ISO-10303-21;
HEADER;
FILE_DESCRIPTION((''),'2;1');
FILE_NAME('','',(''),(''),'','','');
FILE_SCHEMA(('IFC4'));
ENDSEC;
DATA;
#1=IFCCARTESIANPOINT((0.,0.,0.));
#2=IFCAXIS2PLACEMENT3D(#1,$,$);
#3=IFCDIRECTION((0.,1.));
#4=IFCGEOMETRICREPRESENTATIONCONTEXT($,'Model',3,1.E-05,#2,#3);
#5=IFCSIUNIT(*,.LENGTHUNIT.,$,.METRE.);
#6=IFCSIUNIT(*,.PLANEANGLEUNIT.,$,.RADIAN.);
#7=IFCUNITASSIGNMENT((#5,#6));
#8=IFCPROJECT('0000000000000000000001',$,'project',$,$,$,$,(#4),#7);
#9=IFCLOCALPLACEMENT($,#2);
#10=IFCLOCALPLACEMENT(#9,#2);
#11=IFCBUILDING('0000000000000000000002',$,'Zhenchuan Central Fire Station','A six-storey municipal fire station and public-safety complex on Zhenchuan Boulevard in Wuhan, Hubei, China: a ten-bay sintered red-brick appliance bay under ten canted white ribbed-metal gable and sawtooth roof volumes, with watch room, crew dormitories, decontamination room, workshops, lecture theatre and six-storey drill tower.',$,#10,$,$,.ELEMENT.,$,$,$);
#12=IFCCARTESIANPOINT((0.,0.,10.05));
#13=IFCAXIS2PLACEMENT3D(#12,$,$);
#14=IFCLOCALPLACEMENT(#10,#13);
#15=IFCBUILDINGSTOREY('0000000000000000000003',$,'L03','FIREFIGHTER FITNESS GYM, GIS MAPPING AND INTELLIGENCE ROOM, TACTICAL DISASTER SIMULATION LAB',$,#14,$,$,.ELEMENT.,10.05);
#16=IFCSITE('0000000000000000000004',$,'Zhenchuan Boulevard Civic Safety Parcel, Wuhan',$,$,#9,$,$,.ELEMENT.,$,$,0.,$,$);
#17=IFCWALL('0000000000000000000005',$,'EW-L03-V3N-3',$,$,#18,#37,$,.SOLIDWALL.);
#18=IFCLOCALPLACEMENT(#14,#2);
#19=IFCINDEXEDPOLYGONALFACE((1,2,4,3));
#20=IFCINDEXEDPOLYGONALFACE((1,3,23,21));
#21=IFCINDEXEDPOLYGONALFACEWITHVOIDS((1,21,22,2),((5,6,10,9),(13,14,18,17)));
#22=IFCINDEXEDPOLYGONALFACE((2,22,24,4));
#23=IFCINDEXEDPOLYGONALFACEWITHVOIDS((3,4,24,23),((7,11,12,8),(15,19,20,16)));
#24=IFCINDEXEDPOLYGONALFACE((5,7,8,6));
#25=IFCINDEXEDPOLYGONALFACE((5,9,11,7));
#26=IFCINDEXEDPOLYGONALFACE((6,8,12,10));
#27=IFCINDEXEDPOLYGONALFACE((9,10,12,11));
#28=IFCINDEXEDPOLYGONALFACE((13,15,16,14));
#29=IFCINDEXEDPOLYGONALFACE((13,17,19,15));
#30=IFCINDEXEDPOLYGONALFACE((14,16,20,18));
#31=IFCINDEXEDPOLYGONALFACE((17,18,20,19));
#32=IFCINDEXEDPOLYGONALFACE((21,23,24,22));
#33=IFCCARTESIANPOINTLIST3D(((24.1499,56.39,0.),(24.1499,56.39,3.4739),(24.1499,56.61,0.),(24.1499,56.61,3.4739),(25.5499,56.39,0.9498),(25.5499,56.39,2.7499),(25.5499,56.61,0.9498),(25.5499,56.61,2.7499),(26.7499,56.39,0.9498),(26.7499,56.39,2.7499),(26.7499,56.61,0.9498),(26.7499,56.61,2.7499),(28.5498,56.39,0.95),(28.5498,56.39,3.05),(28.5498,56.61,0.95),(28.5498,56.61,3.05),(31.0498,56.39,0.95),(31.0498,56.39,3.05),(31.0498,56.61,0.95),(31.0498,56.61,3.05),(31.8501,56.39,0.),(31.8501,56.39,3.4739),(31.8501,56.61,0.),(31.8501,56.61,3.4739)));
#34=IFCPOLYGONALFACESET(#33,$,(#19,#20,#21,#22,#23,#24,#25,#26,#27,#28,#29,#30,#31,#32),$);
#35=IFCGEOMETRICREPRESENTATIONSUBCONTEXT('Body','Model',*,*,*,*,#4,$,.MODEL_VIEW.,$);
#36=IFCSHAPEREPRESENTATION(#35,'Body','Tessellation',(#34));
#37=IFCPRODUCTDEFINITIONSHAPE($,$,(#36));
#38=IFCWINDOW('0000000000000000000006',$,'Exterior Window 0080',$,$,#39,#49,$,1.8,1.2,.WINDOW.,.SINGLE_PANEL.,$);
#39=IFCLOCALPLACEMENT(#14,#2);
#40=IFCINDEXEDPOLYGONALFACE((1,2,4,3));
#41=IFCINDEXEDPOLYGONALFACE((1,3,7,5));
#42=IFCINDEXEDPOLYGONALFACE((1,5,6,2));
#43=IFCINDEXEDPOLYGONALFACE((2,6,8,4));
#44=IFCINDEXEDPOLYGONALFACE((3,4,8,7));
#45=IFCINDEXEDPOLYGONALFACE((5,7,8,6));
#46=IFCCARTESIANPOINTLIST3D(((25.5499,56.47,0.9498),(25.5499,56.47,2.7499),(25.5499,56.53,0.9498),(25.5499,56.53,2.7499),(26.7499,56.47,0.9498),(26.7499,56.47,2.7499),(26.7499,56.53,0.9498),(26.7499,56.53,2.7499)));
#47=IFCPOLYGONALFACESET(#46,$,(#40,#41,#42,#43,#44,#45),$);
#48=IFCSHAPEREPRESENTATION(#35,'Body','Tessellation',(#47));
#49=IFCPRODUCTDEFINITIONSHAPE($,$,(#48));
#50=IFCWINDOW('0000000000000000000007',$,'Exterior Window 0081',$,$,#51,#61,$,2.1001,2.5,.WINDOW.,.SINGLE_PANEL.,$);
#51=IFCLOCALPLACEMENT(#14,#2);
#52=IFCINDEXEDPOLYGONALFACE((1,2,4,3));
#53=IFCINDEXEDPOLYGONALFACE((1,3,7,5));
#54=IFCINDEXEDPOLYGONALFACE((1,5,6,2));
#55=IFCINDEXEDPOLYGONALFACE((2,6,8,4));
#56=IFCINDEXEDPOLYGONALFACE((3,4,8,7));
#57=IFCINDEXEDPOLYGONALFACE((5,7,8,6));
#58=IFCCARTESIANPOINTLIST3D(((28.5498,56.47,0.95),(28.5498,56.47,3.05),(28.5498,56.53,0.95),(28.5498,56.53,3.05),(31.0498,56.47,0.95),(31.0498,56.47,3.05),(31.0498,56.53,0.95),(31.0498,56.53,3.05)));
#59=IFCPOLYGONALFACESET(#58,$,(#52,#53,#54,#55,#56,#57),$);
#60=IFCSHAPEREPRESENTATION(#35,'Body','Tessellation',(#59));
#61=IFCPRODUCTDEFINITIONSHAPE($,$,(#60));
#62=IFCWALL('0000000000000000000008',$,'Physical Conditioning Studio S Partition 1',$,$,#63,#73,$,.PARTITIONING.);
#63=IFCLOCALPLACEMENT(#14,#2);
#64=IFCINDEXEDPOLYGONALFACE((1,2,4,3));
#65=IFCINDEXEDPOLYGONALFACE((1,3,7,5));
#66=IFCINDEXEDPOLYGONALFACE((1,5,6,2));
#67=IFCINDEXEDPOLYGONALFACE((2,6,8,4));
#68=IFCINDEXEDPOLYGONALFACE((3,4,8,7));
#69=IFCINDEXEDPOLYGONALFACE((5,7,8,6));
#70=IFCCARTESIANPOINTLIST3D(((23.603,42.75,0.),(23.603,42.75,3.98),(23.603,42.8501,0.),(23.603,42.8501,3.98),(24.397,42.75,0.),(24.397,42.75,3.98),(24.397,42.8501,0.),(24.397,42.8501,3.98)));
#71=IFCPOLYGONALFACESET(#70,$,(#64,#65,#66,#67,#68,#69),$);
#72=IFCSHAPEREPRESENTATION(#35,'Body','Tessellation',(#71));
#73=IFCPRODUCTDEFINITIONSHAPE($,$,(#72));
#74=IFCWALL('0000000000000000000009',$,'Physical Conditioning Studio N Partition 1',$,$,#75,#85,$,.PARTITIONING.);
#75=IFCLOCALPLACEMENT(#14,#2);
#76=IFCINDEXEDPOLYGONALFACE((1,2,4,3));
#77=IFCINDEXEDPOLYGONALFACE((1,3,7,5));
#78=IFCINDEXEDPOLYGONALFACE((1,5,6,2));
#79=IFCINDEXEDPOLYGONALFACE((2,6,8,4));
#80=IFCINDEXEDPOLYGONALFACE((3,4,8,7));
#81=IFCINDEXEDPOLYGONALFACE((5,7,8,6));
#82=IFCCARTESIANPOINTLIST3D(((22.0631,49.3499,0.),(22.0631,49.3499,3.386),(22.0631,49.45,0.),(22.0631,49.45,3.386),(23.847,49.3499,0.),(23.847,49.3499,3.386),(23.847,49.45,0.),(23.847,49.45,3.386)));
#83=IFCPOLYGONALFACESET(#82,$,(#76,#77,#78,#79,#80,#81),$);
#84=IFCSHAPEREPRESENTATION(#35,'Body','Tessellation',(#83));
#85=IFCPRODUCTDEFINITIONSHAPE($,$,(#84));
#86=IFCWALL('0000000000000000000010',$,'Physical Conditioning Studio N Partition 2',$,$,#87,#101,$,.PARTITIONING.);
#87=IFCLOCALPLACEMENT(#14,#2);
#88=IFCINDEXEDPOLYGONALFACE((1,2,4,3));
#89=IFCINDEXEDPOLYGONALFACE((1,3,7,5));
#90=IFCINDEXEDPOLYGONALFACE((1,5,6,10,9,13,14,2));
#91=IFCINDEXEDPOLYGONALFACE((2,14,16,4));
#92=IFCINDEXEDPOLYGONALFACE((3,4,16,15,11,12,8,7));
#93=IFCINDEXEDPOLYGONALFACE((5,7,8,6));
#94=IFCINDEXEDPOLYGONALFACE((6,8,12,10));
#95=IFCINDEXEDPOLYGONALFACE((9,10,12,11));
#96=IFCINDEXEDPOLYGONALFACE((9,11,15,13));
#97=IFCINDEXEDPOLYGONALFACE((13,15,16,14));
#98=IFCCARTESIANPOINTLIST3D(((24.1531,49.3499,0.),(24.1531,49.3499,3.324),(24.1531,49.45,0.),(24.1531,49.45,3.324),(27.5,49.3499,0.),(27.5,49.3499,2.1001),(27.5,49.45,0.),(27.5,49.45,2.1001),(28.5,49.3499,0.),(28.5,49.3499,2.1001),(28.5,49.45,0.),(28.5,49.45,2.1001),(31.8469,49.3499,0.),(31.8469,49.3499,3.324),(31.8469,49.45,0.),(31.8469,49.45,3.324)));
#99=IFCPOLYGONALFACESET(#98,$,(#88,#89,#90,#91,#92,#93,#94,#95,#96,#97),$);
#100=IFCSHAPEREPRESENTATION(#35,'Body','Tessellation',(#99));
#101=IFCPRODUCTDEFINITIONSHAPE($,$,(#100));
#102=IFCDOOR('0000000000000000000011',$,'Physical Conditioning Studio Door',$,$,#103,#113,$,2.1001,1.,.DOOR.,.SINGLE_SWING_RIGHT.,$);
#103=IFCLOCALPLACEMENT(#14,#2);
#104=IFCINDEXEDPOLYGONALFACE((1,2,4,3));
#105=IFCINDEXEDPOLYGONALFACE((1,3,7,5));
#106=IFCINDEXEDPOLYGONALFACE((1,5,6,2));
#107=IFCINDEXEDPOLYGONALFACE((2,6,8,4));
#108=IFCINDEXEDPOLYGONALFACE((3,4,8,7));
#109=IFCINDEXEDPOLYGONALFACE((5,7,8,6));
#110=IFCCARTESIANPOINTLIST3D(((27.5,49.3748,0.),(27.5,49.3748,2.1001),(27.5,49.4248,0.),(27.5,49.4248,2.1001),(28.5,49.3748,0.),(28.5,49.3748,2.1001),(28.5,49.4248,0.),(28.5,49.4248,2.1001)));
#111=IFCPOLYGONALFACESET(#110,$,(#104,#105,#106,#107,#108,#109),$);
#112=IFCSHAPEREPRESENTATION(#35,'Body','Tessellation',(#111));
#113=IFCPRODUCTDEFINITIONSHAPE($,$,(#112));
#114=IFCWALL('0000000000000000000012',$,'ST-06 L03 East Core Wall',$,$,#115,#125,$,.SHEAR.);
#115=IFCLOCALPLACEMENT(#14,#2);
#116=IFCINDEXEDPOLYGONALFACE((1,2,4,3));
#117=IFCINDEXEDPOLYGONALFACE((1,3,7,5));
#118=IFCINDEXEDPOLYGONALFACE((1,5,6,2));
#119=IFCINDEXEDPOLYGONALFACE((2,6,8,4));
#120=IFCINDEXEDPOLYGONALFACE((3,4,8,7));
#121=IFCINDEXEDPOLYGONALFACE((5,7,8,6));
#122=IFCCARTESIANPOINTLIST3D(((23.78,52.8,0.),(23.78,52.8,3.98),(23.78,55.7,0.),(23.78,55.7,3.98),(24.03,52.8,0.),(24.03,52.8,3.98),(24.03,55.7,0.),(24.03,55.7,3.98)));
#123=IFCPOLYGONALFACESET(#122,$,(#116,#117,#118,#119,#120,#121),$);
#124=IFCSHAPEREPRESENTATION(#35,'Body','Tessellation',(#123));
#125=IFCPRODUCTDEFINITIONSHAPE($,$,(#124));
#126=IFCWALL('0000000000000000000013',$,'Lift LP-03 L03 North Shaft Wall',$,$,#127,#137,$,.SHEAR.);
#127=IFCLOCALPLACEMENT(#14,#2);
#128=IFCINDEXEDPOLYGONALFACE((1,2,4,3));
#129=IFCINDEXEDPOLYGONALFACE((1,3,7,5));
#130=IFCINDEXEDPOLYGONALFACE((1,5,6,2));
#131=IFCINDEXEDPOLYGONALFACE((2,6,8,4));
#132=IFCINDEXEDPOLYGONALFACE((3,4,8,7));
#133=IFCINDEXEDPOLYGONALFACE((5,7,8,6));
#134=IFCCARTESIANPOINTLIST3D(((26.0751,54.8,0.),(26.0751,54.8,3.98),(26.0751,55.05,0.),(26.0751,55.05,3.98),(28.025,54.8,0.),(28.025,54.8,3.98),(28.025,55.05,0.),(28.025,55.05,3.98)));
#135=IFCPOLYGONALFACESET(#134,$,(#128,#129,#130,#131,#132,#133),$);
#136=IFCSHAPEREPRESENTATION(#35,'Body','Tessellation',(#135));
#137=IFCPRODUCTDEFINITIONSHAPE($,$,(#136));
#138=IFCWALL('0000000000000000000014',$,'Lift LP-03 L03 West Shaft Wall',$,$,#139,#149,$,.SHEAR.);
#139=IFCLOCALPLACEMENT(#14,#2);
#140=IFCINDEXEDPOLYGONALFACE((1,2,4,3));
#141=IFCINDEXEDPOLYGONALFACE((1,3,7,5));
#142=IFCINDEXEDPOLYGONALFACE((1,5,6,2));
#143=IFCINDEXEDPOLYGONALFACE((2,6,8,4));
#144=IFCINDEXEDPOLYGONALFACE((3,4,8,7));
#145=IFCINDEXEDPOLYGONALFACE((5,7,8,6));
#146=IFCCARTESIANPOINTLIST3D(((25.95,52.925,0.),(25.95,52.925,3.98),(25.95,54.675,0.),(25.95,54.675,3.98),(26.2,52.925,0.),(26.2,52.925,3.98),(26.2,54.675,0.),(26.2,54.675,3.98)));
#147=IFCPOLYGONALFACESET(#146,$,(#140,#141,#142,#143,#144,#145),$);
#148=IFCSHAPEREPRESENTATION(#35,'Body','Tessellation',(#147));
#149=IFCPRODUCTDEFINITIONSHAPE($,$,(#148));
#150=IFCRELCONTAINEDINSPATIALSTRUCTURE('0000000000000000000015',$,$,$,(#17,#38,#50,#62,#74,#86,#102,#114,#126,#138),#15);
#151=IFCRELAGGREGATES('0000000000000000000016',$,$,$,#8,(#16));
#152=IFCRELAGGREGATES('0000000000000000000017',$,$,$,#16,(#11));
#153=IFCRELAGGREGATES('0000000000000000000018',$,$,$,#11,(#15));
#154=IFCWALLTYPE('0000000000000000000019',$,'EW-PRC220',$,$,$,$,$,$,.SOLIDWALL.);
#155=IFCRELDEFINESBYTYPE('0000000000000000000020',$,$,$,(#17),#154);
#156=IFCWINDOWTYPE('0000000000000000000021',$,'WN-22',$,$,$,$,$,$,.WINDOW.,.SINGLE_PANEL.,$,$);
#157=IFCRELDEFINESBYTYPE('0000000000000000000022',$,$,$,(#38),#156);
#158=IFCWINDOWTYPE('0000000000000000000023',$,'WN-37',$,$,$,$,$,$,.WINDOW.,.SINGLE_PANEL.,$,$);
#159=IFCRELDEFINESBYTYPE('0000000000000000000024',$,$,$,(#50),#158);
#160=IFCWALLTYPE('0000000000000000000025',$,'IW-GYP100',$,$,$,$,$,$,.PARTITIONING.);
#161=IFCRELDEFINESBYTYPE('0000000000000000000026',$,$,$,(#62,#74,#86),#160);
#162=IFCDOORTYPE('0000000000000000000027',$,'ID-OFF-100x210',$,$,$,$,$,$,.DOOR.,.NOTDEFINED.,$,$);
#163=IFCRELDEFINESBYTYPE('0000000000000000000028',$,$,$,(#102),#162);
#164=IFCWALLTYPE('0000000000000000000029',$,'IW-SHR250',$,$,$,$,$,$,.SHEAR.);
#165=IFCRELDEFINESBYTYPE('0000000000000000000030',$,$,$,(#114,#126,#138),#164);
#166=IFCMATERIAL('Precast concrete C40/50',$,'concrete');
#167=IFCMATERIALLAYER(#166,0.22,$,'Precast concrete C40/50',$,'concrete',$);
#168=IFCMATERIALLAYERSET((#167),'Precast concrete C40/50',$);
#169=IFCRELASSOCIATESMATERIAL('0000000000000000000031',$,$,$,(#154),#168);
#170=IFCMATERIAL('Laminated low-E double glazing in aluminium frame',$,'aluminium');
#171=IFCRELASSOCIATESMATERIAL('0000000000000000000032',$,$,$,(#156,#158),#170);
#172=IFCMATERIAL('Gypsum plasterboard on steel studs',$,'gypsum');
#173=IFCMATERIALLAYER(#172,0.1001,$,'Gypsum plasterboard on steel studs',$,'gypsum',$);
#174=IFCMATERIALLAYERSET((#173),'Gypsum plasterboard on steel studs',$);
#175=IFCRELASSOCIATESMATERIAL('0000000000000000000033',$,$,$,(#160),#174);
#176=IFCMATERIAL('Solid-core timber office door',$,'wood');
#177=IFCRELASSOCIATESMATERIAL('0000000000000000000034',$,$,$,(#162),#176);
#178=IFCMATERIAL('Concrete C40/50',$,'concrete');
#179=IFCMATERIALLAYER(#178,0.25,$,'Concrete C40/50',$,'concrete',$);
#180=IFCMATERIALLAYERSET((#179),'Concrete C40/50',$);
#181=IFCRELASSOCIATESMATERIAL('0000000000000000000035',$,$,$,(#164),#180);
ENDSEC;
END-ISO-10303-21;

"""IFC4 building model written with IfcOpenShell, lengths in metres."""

from ifc_helpers import new_model, si_unit, direction, frame, frame_2d, origin, place, context, subcontext, project, spatial, rectangle, extrude, material, layer, layer_set, type_object, element, fill, save


model = new_model("IFC4")

# Units and contexts
model_context = context("Model", 3, precision=1e-05, world=origin(), true_north=direction((0.0, 1.0)))
body_context = subcontext(model_context, "Body", "Model", "MODEL_VIEW")
ifc_project = project(units=[si_unit("LENGTHUNIT", "METRE"), si_unit("PLANEANGLEUNIT", "RADIAN")], contexts=[model_context])

# Site, building, storey
site_placement = place(None, origin())
site = spatial("IfcSite", under=ifc_project, at=site_placement, Name="Zhenchuan Boulevard Civic Safety Parcel, Wuhan", CompositionType="ELEMENT", RefElevation=0.0)
building_placement = place(site_placement, origin())
building = spatial("IfcBuilding", under=site, at=building_placement, Name="Zhenchuan Central Fire Station", Description="A six-storey municipal fire station and public-safety complex on Zhenchuan Boulevard in Wuhan, Hubei, China: a ten-bay sintered red-brick appliance bay under ten canted white ribbed-metal gable and sawtooth roof volumes, with watch room, crew dormitories, decontamination room, workshops, lecture theatre and six-storey drill tower.", CompositionType="ELEMENT")
storey_placement = place(building_placement, frame((0.0, 0.0, 10.05)))
storey = spatial("IfcBuildingStorey", under=building, at=storey_placement, Name="L03", Description="FIREFIGHTER FITNESS GYM, GIS MAPPING AND INTELLIGENCE ROOM, TACTICAL DISASTER SIMULATION LAB", CompositionType="ELEMENT", Elevation=10.05)

# Wall, openings, windows
ifc_material_1 = material(Name="Precast concrete C40/50", Category="concrete")
ifc_layer_1 = layer(ifc_material_1, 0.22, Name="Precast concrete C40/50", Category="concrete")
ifc_layer_set_1 = layer_set([ifc_layer_1], Name="Precast concrete C40/50")
wall_type_1 = type_object("IfcWallType", Name="EW-PRC220", PredefinedType="SOLIDWALL", material=ifc_layer_set_1)
wall_1_placement = place(storey_placement, frame((24.1499, 56.5, 0.0), z_axis=(0.0, 0.0, 1.0), x_axis=(1.0, 0.0, 0.0)))
wall_1 = element("IfcWall", 1, at=wall_1_placement, inside=storey, type_object=wall_type_1, Name="EW-L03-V3N-3", PredefinedType="SOLIDWALL", context=body_context, shape_type="SweptSolid", body=[
    extrude(rectangle(XDim=7.7002, YDim=0.22, at=frame_2d((3.8501, 0.0))), origin(), (0.0, 0.0, 1.0), 3.4739),
])
opening_1_placement = place(wall_1_placement, frame((1.3999, 0.0, 0.95)))
opening_1 = element("IfcOpeningElement", 2, at=opening_1_placement, cuts=wall_1, PredefinedType="OPENING", context=body_context, shape_type="SweptSolid", body=[
    extrude(rectangle(XDim=1.2, YDim=1.8, at=frame_2d((0.6001, 0.8999))), frame((0.0, 0.1199, 0.0), z_axis=(0.0, -1.0, 0.0), x_axis=(1.0, 0.0, 0.0)), (0.0, 0.0, 1.0), 0.24),
])
opening_2_placement = place(wall_1_placement, frame((4.3999, 0.0, 0.95)))
opening_2 = element("IfcOpeningElement", 3, at=opening_2_placement, cuts=wall_1, PredefinedType="OPENING", context=body_context, shape_type="SweptSolid", body=[
    extrude(rectangle(XDim=2.5, YDim=2.1001, at=frame_2d((1.25, 1.05))), frame((0.0, 0.1199, 0.0), z_axis=(0.0, -1.0, 0.0), x_axis=(1.0, 0.0, 0.0)), (0.0, 0.0, 1.0), 0.24),
])
ifc_material_2 = material(Name="Laminated low-E double glazing in aluminium frame", Category="aluminium")
window_type_1 = type_object("IfcWindowType", Name="WN-22", PartitioningType="SINGLE_PANEL", PredefinedType="WINDOW", material=ifc_material_2)
window_1_placement = place(opening_1_placement, origin())
window_1 = element("IfcWindow", 4, at=window_1_placement, inside=storey, type_object=window_type_1, Name="Exterior Window 0080", OverallHeight=1.8, OverallWidth=1.2, PartitioningType="SINGLE_PANEL", PredefinedType="WINDOW", context=body_context, shape_type="SweptSolid", body=[
    extrude(rectangle(XDim=1.2, YDim=1.8, at=frame_2d((0.6001, 0.8999))), frame((0.0, 0.03, 0.0), z_axis=(0.0, -1.0, 0.0), x_axis=(1.0, 0.0, 0.0)), (0.0, 0.0, 1.0), 0.0601),
])
fill(opening_1, window_1)
window_type_2 = type_object("IfcWindowType", Name="WN-37", PartitioningType="SINGLE_PANEL", PredefinedType="WINDOW", material=ifc_material_2)
window_2_placement = place(opening_2_placement, origin())
window_2 = element("IfcWindow", 5, at=window_2_placement, inside=storey, type_object=window_type_2, Name="Exterior Window 0081", OverallHeight=2.1001, OverallWidth=2.5, PartitioningType="SINGLE_PANEL", PredefinedType="WINDOW", context=body_context, shape_type="SweptSolid", body=[
    extrude(rectangle(XDim=2.5, YDim=2.1001, at=frame_2d((1.25, 1.05))), frame((0.0, 0.03, 0.0), z_axis=(0.0, -1.0, 0.0), x_axis=(1.0, 0.0, 0.0)), (0.0, 0.0, 1.0), 0.0601),
])
fill(opening_2, window_2)

# Walls
ifc_material_3 = material(Name="Gypsum plasterboard on steel studs", Category="gypsum")
ifc_layer_2 = layer(ifc_material_3, 0.1001, Name="Gypsum plasterboard on steel studs", Category="gypsum")
ifc_layer_set_2 = layer_set([ifc_layer_2], Name="Gypsum plasterboard on steel studs")
wall_type_2 = type_object("IfcWallType", Name="IW-GYP100", PredefinedType="PARTITIONING", material=ifc_layer_set_2)
wall_2_placement = place(storey_placement, frame((23.603, 42.8, 0.0), z_axis=(0.0, 0.0, 1.0), x_axis=(1.0, 0.0, 0.0)))
element("IfcWall", 6, at=wall_2_placement, inside=storey, type_object=wall_type_2, Name="Physical Conditioning Studio S Partition 1", PredefinedType="PARTITIONING", context=body_context, shape_type="SweptSolid", body=[
    extrude(rectangle(XDim=0.7939, YDim=0.1001, at=frame_2d((0.397, 0.0))), origin(), (0.0, 0.0, 1.0), 3.98),
])
wall_3_placement = place(storey_placement, frame((22.063, 49.3999, 0.0), z_axis=(0.0, 0.0, 1.0), x_axis=(1.0, 0.0, 0.0)))
element("IfcWall", 7, at=wall_3_placement, inside=storey, type_object=wall_type_2, Name="Physical Conditioning Studio N Partition 1", PredefinedType="PARTITIONING", context=body_context, shape_type="SweptSolid", body=[
    extrude(rectangle(XDim=1.7839, YDim=0.1001, at=frame_2d((0.8921, 0.0))), origin(), (0.0, 0.0, 1.0), 3.386),
])

# Wall, opening, door
wall_4_placement = place(storey_placement, frame((24.1531, 49.3999, 0.0), z_axis=(0.0, 0.0, 1.0), x_axis=(1.0, 0.0, 0.0)))
wall_4 = element("IfcWall", 8, at=wall_4_placement, inside=storey, type_object=wall_type_2, Name="Physical Conditioning Studio N Partition 2", PredefinedType="PARTITIONING", context=body_context, shape_type="SweptSolid", body=[
    extrude(rectangle(XDim=7.6938, YDim=0.1001, at=frame_2d((3.8469, 0.0))), origin(), (0.0, 0.0, 1.0), 3.324),
])
opening_3_placement = place(wall_4_placement, frame((3.3469, 0.0, 0.0)))
opening_3 = element("IfcOpeningElement", 9, at=opening_3_placement, cuts=wall_4, PredefinedType="OPENING", context=body_context, shape_type="SweptSolid", body=[
    extrude(rectangle(XDim=1.0, YDim=2.1001, at=frame_2d((0.5, 1.05))), frame((0.0, 0.0601, 0.0), z_axis=(0.0, -1.0, 0.0), x_axis=(1.0, 0.0, 0.0)), (0.0, 0.0, 1.0), 0.1201),
])
ifc_material_4 = material(Name="Solid-core timber office door", Category="wood")
door_type_1 = type_object("IfcDoorType", Name="ID-OFF-100x210", OperationType="NOTDEFINED", PredefinedType="DOOR", material=ifc_material_4)
door_1_placement = place(opening_3_placement, origin())
door_1 = element("IfcDoor", 10, at=door_1_placement, inside=storey, type_object=door_type_1, Name="Physical Conditioning Studio Door", OperationType="SINGLE_SWING_RIGHT", OverallHeight=2.1001, OverallWidth=1.0, PredefinedType="DOOR", context=body_context, shape_type="SweptSolid", body=[
    extrude(rectangle(XDim=1.0, YDim=2.1001, at=frame_2d((0.5, 1.05))), frame((0.0, 0.0249, 0.0), z_axis=(0.0, -1.0, 0.0), x_axis=(1.0, 0.0, 0.0)), (0.0, 0.0, 1.0), 0.05),
])
fill(opening_3, door_1)

# Wall
ifc_material_5 = material(Name="Concrete C40/50", Category="concrete")
ifc_layer_3 = layer(ifc_material_5, 0.25, Name="Concrete C40/50", Category="concrete")
ifc_layer_set_3 = layer_set([ifc_layer_3], Name="Concrete C40/50")
wall_type_3 = type_object("IfcWallType", Name="IW-SHR250", PredefinedType="SHEAR", material=ifc_layer_set_3)
wall_5_placement = place(storey_placement, frame((23.905, 52.8, 0.0), z_axis=(0.0, 0.0, 1.0), x_axis=(0.0, 1.0, 0.0)))
element("IfcWall", 11, at=wall_5_placement, inside=storey, type_object=wall_type_3, Name="ST-06 L03 East Core Wall", PredefinedType="SHEAR", context=body_context, shape_type="SweptSolid", body=[
    extrude(rectangle(XDim=2.8999, YDim=0.25, at=frame_2d((1.45, 0.0))), origin(), (0.0, 0.0, 1.0), 3.98),
])

# Walls
wall_6_placement = place(storey_placement, frame((26.075, 54.925, 0.0), z_axis=(0.0, 0.0, 1.0), x_axis=(1.0, 0.0, 0.0)))
element("IfcWall", 12, at=wall_6_placement, inside=storey, type_object=wall_type_3, Name="Lift LP-03 L03 North Shaft Wall", PredefinedType="SHEAR", context=body_context, shape_type="SweptSolid", body=[
    extrude(rectangle(XDim=1.95, YDim=0.25, at=frame_2d((0.9751, 0.0))), origin(), (0.0, 0.0, 1.0), 3.98),
])
wall_7_placement = place(storey_placement, frame((26.075, 52.925, 0.0), z_axis=(0.0, 0.0, 1.0), x_axis=(0.0, 1.0, 0.0)))
element("IfcWall", 13, at=wall_7_placement, inside=storey, type_object=wall_type_3, Name="Lift LP-03 L03 West Shaft Wall", PredefinedType="SHEAR", context=body_context, shape_type="SweptSolid", body=[
    extrude(rectangle(XDim=1.75, YDim=0.25, at=frame_2d((0.875, 0.0))), origin(), (0.0, 0.0, 1.0), 3.98),
])

save(model, "model.ifc")
